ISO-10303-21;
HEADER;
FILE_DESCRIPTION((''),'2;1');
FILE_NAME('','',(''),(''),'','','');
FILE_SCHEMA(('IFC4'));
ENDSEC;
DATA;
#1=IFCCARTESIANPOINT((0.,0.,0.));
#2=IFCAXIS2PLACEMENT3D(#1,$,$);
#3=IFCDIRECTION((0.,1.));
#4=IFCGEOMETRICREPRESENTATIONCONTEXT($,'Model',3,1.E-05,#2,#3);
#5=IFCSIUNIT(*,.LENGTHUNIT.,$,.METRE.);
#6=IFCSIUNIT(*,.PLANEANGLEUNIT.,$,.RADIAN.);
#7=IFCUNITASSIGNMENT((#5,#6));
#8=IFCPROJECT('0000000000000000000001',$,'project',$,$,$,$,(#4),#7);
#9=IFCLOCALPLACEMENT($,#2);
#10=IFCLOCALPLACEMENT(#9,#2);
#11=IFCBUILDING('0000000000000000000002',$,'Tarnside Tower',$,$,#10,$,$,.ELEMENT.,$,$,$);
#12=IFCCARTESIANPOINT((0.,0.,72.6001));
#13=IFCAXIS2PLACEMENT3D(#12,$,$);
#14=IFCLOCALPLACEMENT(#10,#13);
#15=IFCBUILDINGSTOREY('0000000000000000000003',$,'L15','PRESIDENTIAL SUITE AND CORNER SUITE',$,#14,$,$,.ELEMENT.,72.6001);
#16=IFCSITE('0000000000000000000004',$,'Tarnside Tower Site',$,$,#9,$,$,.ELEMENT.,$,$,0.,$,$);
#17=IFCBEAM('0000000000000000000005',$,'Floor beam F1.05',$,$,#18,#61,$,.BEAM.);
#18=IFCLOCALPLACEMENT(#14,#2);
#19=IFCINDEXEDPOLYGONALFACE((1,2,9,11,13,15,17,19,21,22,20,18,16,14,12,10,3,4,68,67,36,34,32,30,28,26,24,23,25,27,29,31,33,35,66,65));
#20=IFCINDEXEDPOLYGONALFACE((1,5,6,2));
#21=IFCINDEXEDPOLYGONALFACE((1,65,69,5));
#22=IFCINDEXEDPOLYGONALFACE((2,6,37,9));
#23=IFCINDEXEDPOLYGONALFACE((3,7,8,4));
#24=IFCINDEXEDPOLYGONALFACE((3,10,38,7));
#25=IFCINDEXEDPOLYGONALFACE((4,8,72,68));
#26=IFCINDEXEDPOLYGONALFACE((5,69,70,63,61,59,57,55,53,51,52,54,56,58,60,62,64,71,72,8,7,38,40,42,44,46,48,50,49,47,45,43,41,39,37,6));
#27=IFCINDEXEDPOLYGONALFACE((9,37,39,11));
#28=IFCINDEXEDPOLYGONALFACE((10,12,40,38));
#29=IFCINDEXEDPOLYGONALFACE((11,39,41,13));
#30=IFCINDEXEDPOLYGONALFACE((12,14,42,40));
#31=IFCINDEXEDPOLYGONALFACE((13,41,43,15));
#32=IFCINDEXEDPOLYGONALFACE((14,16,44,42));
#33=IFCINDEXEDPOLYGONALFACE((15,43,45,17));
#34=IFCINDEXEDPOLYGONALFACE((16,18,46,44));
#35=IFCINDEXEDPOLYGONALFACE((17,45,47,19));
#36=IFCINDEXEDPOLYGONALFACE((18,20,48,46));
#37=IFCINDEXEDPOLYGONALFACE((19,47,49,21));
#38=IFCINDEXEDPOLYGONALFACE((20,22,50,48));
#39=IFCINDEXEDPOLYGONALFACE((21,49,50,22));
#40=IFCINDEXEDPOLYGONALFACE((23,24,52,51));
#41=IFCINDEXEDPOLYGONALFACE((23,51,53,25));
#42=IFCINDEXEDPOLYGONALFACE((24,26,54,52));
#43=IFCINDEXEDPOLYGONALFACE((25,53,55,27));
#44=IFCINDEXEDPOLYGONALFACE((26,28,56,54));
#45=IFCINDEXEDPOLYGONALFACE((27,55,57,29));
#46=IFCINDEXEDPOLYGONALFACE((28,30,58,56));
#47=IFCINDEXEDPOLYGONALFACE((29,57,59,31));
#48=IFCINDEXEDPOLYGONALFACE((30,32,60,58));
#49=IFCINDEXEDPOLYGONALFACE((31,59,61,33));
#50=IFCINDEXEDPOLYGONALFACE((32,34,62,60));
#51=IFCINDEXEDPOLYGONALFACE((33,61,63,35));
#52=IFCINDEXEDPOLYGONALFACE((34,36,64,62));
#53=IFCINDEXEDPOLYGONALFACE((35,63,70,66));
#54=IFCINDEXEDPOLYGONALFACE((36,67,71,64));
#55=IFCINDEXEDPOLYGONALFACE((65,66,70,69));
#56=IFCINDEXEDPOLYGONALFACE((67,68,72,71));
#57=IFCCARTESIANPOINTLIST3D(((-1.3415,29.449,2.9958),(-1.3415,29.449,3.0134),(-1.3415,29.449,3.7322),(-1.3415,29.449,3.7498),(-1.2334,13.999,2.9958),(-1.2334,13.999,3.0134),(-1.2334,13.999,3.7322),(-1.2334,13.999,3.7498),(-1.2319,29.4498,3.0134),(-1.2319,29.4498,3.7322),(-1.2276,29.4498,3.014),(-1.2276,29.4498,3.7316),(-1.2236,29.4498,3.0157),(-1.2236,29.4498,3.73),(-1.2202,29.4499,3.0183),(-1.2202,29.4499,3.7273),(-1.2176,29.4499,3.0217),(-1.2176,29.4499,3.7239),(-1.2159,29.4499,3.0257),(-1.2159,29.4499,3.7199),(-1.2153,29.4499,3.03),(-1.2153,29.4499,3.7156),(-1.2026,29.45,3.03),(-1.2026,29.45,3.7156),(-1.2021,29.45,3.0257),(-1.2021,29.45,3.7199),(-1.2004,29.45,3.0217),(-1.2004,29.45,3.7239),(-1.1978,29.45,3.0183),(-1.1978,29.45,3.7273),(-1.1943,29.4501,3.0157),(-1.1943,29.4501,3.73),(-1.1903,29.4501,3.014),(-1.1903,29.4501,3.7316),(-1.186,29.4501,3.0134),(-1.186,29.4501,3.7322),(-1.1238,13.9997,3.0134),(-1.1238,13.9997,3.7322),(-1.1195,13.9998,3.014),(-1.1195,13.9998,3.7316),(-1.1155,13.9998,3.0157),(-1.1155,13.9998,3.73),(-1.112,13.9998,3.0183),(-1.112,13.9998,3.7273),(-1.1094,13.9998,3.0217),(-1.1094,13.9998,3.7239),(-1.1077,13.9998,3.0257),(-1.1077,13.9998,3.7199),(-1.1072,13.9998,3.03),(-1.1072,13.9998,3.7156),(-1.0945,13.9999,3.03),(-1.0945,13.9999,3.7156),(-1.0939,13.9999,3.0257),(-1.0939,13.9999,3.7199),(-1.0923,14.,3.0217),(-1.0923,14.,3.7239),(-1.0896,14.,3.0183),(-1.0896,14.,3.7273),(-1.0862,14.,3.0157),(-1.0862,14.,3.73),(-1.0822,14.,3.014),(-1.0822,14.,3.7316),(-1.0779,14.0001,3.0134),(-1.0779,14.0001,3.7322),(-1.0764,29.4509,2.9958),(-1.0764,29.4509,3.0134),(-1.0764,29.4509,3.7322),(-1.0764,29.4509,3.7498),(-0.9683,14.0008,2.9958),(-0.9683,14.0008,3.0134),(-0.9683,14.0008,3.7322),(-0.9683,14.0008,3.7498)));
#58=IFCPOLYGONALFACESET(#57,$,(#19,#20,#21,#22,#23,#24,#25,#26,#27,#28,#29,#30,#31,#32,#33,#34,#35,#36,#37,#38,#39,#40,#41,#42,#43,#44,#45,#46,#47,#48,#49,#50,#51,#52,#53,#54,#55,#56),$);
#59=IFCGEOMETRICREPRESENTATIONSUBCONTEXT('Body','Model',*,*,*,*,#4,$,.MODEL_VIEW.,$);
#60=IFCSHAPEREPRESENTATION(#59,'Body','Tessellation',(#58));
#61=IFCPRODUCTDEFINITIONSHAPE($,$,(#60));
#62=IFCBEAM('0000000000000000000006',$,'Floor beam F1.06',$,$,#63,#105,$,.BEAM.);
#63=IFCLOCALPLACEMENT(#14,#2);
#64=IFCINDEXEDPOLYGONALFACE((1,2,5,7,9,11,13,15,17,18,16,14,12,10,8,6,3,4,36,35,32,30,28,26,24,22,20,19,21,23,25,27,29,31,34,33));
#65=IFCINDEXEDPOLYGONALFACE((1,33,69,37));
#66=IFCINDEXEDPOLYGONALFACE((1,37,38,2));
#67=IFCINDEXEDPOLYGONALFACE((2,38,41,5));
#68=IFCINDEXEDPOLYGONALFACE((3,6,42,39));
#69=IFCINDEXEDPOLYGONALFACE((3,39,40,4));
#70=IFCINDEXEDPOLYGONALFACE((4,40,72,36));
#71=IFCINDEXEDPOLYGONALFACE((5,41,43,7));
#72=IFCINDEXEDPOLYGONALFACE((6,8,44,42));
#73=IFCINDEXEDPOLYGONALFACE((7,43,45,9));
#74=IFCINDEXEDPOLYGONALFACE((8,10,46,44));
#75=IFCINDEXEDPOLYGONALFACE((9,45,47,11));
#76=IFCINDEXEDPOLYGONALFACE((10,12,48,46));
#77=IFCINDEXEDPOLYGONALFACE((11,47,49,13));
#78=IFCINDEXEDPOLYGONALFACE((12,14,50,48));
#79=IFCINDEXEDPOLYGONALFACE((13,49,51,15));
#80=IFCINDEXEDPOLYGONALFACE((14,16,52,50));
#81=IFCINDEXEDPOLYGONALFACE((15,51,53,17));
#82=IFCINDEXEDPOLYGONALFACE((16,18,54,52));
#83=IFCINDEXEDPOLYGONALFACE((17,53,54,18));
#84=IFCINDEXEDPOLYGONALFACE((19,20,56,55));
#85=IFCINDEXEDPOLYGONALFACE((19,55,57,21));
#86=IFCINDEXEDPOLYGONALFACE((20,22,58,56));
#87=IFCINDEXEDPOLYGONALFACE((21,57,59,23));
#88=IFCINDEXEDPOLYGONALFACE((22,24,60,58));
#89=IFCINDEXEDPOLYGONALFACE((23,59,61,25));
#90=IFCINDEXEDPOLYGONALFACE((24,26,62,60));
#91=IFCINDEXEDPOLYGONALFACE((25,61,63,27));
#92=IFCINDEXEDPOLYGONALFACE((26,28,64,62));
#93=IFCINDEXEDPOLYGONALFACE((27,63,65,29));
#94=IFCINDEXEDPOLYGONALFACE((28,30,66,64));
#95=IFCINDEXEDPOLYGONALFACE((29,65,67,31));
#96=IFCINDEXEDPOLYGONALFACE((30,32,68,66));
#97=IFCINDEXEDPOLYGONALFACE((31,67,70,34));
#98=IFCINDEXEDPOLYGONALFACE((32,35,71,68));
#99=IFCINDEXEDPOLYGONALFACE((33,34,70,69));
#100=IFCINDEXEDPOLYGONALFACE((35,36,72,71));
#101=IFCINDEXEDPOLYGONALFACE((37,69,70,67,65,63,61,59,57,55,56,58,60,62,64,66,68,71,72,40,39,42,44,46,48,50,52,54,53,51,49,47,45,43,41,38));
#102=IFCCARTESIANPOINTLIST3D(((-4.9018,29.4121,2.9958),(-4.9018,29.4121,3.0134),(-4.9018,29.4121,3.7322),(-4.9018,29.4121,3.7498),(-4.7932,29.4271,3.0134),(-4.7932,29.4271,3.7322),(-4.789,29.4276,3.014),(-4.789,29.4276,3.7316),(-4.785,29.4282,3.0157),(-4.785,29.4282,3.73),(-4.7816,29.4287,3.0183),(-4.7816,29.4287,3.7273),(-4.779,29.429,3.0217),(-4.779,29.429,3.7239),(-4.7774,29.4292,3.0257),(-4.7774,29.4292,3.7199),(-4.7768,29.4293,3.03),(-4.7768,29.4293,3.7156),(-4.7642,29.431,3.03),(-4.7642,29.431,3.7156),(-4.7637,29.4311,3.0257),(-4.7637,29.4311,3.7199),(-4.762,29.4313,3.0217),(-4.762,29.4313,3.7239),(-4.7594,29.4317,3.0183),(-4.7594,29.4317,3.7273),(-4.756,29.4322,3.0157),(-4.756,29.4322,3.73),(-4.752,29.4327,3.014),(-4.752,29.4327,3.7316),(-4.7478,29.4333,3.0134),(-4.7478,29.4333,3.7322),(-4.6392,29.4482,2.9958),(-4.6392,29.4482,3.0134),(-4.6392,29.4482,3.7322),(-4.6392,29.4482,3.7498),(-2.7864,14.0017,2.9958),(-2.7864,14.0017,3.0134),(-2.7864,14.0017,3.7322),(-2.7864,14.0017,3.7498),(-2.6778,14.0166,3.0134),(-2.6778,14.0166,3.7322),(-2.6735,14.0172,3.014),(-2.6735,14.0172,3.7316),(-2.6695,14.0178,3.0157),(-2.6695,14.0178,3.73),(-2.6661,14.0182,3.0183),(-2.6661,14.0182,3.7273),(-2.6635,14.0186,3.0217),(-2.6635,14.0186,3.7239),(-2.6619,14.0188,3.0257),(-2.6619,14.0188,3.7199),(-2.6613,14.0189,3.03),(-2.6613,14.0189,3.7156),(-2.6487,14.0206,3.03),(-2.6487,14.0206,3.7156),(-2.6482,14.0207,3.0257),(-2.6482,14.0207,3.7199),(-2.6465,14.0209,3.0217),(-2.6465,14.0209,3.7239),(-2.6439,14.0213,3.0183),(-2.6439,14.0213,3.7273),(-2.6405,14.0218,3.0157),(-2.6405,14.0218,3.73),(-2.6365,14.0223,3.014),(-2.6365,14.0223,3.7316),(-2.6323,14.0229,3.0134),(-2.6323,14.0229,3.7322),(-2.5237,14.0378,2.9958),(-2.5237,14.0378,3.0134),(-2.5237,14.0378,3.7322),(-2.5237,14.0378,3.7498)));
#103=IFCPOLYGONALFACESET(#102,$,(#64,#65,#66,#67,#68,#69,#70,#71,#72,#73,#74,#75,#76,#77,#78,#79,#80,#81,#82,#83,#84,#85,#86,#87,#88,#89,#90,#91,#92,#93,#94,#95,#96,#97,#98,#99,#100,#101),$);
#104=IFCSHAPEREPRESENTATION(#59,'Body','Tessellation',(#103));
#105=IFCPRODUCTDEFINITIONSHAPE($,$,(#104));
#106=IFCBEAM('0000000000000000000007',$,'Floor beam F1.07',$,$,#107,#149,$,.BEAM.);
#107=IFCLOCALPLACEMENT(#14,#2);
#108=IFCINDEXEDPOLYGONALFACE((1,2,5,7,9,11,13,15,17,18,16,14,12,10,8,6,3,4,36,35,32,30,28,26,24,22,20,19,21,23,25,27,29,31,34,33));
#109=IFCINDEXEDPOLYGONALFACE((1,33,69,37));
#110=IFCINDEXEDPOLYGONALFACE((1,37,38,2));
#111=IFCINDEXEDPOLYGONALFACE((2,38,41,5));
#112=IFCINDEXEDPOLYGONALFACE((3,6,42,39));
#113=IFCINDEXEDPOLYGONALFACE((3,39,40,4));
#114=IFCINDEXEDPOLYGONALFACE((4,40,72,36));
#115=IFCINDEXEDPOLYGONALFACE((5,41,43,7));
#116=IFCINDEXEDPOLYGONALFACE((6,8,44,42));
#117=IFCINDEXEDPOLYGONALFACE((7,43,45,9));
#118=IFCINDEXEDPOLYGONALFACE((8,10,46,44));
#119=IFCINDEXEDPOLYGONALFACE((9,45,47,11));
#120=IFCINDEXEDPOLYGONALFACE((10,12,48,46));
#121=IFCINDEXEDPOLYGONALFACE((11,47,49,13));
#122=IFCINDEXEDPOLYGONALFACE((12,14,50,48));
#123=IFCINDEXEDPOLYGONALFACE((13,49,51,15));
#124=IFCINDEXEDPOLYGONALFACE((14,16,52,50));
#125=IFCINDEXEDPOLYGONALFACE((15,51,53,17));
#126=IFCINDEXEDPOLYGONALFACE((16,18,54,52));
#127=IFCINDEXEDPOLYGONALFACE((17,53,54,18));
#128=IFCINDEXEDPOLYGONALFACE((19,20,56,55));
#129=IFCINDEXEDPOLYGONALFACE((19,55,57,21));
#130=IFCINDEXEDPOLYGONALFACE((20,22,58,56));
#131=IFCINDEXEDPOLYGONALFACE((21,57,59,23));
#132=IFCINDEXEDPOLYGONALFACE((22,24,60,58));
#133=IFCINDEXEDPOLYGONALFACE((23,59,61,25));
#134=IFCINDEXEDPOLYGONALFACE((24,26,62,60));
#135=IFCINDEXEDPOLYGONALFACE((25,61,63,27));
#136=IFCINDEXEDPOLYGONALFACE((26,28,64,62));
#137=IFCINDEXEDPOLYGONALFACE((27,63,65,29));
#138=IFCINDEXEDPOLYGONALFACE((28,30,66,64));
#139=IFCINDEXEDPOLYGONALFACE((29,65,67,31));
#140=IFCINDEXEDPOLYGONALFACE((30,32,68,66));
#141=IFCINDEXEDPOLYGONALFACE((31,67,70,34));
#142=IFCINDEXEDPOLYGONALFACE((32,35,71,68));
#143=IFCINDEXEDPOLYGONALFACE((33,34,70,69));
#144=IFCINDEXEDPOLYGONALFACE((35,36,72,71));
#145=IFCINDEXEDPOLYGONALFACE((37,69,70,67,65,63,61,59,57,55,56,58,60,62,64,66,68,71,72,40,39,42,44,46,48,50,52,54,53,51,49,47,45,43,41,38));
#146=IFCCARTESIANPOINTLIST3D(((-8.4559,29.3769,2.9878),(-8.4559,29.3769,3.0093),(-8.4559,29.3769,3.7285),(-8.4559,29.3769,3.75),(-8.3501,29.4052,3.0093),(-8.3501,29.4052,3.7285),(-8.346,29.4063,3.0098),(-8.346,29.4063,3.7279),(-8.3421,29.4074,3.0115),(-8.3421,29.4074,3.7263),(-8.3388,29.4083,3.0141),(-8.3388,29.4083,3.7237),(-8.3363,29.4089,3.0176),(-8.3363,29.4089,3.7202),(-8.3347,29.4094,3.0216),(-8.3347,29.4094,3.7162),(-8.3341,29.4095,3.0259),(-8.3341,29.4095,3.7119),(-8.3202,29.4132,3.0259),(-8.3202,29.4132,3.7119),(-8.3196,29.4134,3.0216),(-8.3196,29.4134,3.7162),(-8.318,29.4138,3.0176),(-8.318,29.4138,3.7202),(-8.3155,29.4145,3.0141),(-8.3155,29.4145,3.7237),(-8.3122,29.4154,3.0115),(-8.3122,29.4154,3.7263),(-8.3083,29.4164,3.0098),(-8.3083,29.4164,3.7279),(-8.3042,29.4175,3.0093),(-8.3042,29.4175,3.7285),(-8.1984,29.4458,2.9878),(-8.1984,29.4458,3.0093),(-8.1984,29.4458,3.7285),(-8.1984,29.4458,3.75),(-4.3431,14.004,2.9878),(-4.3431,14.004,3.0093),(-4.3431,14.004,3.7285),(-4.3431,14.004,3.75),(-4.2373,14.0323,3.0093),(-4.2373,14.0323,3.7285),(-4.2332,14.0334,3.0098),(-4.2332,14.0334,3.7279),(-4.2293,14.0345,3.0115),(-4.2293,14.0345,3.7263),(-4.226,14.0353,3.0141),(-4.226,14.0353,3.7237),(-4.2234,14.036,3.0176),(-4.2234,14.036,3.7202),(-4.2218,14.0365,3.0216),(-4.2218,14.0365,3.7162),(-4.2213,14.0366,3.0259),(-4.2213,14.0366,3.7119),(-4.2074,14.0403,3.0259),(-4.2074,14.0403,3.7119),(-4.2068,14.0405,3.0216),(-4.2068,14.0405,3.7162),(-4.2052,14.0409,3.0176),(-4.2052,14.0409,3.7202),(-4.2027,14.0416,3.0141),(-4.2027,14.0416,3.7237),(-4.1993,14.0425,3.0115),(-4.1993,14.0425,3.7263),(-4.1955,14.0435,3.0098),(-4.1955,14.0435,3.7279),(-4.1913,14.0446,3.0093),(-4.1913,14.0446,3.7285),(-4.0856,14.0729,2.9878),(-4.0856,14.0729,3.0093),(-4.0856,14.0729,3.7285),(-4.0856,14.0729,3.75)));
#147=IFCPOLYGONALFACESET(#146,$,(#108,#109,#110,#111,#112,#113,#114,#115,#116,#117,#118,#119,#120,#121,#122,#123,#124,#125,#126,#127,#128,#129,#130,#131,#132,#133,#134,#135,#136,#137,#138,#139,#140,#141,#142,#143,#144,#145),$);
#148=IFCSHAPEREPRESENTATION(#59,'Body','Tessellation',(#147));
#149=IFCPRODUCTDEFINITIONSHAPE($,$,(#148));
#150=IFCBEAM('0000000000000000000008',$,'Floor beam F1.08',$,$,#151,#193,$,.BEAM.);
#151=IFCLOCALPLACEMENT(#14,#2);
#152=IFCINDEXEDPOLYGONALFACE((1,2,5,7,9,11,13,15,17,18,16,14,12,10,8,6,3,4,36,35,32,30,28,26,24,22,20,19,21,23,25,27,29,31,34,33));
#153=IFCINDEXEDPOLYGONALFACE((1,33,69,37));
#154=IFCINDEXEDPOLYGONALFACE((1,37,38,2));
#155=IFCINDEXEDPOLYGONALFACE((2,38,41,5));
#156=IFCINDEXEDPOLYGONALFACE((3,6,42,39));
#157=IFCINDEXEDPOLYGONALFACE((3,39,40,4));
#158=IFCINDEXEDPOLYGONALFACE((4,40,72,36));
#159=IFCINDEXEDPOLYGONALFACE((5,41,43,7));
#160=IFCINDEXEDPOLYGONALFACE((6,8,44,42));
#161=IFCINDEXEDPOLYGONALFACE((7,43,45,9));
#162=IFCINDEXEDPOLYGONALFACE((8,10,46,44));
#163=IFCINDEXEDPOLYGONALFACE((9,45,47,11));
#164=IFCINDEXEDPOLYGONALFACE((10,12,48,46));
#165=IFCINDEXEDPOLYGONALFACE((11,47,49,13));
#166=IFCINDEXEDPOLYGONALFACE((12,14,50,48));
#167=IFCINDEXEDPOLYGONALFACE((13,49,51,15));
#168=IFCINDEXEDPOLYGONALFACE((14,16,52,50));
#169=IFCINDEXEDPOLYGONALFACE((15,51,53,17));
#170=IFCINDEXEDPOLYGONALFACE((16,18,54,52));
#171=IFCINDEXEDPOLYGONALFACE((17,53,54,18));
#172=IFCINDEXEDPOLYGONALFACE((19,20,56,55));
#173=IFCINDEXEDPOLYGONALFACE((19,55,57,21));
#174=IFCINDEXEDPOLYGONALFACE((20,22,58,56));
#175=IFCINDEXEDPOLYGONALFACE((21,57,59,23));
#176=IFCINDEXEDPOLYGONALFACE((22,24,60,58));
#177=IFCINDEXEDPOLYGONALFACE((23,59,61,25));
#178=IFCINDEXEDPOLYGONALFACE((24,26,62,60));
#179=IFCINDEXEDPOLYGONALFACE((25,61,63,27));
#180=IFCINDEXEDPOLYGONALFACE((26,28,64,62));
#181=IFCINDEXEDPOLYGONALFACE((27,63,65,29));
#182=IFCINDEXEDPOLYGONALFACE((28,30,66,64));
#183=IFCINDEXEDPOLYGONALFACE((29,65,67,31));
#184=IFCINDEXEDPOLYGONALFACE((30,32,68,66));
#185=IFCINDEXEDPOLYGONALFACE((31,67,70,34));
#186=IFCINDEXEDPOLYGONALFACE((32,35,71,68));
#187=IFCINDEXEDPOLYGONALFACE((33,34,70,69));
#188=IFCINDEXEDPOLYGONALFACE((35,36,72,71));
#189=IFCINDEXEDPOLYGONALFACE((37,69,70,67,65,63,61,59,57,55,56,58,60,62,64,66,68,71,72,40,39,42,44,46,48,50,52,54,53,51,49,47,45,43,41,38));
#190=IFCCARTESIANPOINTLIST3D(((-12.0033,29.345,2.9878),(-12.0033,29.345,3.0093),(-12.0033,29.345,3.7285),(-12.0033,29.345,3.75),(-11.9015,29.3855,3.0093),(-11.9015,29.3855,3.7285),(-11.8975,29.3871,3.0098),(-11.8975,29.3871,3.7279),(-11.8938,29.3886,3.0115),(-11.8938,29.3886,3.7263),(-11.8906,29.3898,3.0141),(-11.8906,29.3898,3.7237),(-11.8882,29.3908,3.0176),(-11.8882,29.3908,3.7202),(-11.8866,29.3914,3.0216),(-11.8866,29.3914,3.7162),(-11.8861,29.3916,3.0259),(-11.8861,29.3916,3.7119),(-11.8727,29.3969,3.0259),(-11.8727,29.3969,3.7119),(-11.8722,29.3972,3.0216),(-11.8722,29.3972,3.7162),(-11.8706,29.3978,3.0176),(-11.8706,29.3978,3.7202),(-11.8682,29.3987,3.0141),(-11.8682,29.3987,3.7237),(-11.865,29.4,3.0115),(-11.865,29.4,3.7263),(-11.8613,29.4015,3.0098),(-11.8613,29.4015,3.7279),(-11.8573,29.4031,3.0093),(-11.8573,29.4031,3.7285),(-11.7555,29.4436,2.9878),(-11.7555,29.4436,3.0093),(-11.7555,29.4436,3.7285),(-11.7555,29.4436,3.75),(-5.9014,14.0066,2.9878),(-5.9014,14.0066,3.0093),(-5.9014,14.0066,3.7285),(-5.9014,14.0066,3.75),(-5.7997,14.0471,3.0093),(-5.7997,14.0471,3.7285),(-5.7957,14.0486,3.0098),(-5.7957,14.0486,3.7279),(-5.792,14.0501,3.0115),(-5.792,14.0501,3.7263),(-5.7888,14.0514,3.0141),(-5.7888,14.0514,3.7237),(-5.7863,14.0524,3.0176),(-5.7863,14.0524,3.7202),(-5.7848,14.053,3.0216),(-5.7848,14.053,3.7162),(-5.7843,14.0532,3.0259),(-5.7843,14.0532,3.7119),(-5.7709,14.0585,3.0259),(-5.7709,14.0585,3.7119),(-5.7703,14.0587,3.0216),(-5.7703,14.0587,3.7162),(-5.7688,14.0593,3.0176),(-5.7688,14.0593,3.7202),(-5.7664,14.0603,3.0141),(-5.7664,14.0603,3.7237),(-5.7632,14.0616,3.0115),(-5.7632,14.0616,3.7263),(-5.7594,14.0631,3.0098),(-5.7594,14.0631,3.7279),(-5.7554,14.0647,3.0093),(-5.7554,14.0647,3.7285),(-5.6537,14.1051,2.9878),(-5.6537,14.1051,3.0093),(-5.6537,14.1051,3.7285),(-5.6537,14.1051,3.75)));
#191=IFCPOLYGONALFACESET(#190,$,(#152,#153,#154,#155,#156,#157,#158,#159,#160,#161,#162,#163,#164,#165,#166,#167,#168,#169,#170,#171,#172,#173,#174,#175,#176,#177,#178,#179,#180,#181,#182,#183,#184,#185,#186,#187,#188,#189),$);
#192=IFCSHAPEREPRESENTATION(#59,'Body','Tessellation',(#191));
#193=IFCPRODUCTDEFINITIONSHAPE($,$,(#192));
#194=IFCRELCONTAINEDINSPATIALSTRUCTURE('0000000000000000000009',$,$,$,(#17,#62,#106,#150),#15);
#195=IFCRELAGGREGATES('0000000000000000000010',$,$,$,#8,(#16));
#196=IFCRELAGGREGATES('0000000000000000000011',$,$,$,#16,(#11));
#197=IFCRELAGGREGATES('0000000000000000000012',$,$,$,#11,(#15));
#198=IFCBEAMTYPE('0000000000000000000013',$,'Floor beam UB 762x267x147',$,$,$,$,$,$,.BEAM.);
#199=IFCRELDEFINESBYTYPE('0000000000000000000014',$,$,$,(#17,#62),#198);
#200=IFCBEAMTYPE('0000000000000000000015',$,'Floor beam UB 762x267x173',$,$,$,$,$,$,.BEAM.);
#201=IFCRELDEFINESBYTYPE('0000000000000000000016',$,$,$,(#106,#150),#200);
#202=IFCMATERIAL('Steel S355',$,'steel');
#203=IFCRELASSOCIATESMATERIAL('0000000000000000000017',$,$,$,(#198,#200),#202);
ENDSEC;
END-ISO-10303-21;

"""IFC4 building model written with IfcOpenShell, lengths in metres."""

from ifc_helpers import new_model, si_unit, direction, frame, origin, origin_2d, place, context, subcontext, project, spatial, i_section, extrude, material, material_profile, profile_set, type_object, element, save


model = new_model("IFC4")

# Units and contexts
model_context = context("Model", 3, precision=1e-05, world=origin(), true_north=direction((0.0, 1.0)))
body_context = subcontext(model_context, "Body", "Model", "MODEL_VIEW")
ifc_project = project(units=[si_unit("LENGTHUNIT", "METRE"), si_unit("PLANEANGLEUNIT", "RADIAN")], contexts=[model_context])

# Site, building, storey
site_placement = place(None, origin())
site = spatial("IfcSite", under=ifc_project, at=site_placement, Name="Tarnside Tower Site", CompositionType="ELEMENT", RefElevation=0.0)
building_placement = place(site_placement, origin())
building = spatial("IfcBuilding", under=site, at=building_placement, Name="Tarnside Tower", CompositionType="ELEMENT")
storey_placement = place(building_placement, frame((0.0, 0.0, 72.6001)))
storey = spatial("IfcBuildingStorey", under=building, at=storey_placement, Name="L15", Description="PRESIDENTIAL SUITE AND CORNER SUITE", CompositionType="ELEMENT", Elevation=72.6001)

# Beams
ifc_material_1 = material(Name="Steel S355", Category="steel")
ifc_material_profile_1 = material_profile(ifc_material_1, i_section(OverallWidth=0.2651, OverallDepth=0.7539, WebThickness=0.0127, FlangeThickness=0.0176, FilletRadius=0.0166, at=origin_2d()), Name="UB 762x267x147")
ifc_profile_set_1 = profile_set([ifc_material_profile_1], Name="Steel S355")
beam_type_1 = type_object("IfcBeamType", Name="Floor beam UB 762x267x147", PredefinedType="BEAM", material=ifc_profile_set_1)
beam_1_placement = place(storey_placement, frame((-1.209, 29.45, 3.3728), z_axis=(0.007, -0.999975, 0.0), x_axis=(0.999975, 0.007, 0.0)))
element("IfcBeam", 1, at=beam_1_placement, inside=storey, type_object=beam_type_1, Name="Floor beam F1.05", PredefinedType="BEAM", context=body_context, shape_type="SweptSolid", body=[
    extrude(i_section(OverallWidth=0.2651, OverallDepth=0.7539, WebThickness=0.0127, FlangeThickness=0.0176, FilletRadius=0.0166, at=origin_2d()), origin(), (0.0, 0.0, 1.0), 15.4504),
])
beam_2_placement = place(storey_placement, frame((-4.7705, 29.4302, 3.3728), z_axis=(0.136001, -0.990709, 0.0), x_axis=(0.990709, 0.136001, 0.0)))
element("IfcBeam", 2, at=beam_2_placement, inside=storey, type_object=beam_type_1, Name="Floor beam F1.06", PredefinedType="BEAM", context=body_context, shape_type="SweptSolid", body=[
    extrude(i_section(OverallWidth=0.2651, OverallDepth=0.7539, WebThickness=0.0127, FlangeThickness=0.0176, FilletRadius=0.0166, at=origin_2d()), origin(), (0.0, 0.0, 1.0), 15.5549),
])
ifc_material_profile_2 = material_profile(ifc_material_1, i_section(OverallWidth=0.2666, OverallDepth=0.7622, WebThickness=0.0144, FlangeThickness=0.0215, FilletRadius=0.0166, at=origin_2d()), Name="UB 762x267x173")
ifc_profile_set_2 = profile_set([ifc_material_profile_2], Name="Steel S355")
beam_type_2 = type_object("IfcBeamType", Name="Floor beam UB 762x267x173", PredefinedType="BEAM", material=ifc_profile_set_2)
beam_3_placement = place(storey_placement, frame((-8.3271, 29.4114, 3.3689), z_axis=(0.258447, -0.966025, 0.0), x_axis=(0.966025, 0.258447, 0.0)))
element("IfcBeam", 3, at=beam_3_placement, inside=storey, type_object=beam_type_2, Name="Floor beam F1.07", PredefinedType="BEAM", context=body_context, shape_type="SweptSolid", body=[
    extrude(i_section(OverallWidth=0.2666, OverallDepth=0.7622, WebThickness=0.0144, FlangeThickness=0.0215, FilletRadius=0.0166, at=origin_2d()), origin(), (0.0, 0.0, 1.0), 15.9136),
])
beam_4_placement = place(storey_placement, frame((-11.8794, 29.3943, 3.3689), z_axis=(0.369638, -0.929176, 0.0), x_axis=(0.929176, 0.369638, 0.0)))
element("IfcBeam", 4, at=beam_4_placement, inside=storey, type_object=beam_type_2, Name="Floor beam F1.08", PredefinedType="BEAM", context=body_context, shape_type="SweptSolid", body=[
    extrude(i_section(OverallWidth=0.2666, OverallDepth=0.7622, WebThickness=0.0144, FlangeThickness=0.0215, FilletRadius=0.0166, at=origin_2d()), origin(), (0.0, 0.0, 1.0), 16.5076),
])

save(model, "model.ifc")
